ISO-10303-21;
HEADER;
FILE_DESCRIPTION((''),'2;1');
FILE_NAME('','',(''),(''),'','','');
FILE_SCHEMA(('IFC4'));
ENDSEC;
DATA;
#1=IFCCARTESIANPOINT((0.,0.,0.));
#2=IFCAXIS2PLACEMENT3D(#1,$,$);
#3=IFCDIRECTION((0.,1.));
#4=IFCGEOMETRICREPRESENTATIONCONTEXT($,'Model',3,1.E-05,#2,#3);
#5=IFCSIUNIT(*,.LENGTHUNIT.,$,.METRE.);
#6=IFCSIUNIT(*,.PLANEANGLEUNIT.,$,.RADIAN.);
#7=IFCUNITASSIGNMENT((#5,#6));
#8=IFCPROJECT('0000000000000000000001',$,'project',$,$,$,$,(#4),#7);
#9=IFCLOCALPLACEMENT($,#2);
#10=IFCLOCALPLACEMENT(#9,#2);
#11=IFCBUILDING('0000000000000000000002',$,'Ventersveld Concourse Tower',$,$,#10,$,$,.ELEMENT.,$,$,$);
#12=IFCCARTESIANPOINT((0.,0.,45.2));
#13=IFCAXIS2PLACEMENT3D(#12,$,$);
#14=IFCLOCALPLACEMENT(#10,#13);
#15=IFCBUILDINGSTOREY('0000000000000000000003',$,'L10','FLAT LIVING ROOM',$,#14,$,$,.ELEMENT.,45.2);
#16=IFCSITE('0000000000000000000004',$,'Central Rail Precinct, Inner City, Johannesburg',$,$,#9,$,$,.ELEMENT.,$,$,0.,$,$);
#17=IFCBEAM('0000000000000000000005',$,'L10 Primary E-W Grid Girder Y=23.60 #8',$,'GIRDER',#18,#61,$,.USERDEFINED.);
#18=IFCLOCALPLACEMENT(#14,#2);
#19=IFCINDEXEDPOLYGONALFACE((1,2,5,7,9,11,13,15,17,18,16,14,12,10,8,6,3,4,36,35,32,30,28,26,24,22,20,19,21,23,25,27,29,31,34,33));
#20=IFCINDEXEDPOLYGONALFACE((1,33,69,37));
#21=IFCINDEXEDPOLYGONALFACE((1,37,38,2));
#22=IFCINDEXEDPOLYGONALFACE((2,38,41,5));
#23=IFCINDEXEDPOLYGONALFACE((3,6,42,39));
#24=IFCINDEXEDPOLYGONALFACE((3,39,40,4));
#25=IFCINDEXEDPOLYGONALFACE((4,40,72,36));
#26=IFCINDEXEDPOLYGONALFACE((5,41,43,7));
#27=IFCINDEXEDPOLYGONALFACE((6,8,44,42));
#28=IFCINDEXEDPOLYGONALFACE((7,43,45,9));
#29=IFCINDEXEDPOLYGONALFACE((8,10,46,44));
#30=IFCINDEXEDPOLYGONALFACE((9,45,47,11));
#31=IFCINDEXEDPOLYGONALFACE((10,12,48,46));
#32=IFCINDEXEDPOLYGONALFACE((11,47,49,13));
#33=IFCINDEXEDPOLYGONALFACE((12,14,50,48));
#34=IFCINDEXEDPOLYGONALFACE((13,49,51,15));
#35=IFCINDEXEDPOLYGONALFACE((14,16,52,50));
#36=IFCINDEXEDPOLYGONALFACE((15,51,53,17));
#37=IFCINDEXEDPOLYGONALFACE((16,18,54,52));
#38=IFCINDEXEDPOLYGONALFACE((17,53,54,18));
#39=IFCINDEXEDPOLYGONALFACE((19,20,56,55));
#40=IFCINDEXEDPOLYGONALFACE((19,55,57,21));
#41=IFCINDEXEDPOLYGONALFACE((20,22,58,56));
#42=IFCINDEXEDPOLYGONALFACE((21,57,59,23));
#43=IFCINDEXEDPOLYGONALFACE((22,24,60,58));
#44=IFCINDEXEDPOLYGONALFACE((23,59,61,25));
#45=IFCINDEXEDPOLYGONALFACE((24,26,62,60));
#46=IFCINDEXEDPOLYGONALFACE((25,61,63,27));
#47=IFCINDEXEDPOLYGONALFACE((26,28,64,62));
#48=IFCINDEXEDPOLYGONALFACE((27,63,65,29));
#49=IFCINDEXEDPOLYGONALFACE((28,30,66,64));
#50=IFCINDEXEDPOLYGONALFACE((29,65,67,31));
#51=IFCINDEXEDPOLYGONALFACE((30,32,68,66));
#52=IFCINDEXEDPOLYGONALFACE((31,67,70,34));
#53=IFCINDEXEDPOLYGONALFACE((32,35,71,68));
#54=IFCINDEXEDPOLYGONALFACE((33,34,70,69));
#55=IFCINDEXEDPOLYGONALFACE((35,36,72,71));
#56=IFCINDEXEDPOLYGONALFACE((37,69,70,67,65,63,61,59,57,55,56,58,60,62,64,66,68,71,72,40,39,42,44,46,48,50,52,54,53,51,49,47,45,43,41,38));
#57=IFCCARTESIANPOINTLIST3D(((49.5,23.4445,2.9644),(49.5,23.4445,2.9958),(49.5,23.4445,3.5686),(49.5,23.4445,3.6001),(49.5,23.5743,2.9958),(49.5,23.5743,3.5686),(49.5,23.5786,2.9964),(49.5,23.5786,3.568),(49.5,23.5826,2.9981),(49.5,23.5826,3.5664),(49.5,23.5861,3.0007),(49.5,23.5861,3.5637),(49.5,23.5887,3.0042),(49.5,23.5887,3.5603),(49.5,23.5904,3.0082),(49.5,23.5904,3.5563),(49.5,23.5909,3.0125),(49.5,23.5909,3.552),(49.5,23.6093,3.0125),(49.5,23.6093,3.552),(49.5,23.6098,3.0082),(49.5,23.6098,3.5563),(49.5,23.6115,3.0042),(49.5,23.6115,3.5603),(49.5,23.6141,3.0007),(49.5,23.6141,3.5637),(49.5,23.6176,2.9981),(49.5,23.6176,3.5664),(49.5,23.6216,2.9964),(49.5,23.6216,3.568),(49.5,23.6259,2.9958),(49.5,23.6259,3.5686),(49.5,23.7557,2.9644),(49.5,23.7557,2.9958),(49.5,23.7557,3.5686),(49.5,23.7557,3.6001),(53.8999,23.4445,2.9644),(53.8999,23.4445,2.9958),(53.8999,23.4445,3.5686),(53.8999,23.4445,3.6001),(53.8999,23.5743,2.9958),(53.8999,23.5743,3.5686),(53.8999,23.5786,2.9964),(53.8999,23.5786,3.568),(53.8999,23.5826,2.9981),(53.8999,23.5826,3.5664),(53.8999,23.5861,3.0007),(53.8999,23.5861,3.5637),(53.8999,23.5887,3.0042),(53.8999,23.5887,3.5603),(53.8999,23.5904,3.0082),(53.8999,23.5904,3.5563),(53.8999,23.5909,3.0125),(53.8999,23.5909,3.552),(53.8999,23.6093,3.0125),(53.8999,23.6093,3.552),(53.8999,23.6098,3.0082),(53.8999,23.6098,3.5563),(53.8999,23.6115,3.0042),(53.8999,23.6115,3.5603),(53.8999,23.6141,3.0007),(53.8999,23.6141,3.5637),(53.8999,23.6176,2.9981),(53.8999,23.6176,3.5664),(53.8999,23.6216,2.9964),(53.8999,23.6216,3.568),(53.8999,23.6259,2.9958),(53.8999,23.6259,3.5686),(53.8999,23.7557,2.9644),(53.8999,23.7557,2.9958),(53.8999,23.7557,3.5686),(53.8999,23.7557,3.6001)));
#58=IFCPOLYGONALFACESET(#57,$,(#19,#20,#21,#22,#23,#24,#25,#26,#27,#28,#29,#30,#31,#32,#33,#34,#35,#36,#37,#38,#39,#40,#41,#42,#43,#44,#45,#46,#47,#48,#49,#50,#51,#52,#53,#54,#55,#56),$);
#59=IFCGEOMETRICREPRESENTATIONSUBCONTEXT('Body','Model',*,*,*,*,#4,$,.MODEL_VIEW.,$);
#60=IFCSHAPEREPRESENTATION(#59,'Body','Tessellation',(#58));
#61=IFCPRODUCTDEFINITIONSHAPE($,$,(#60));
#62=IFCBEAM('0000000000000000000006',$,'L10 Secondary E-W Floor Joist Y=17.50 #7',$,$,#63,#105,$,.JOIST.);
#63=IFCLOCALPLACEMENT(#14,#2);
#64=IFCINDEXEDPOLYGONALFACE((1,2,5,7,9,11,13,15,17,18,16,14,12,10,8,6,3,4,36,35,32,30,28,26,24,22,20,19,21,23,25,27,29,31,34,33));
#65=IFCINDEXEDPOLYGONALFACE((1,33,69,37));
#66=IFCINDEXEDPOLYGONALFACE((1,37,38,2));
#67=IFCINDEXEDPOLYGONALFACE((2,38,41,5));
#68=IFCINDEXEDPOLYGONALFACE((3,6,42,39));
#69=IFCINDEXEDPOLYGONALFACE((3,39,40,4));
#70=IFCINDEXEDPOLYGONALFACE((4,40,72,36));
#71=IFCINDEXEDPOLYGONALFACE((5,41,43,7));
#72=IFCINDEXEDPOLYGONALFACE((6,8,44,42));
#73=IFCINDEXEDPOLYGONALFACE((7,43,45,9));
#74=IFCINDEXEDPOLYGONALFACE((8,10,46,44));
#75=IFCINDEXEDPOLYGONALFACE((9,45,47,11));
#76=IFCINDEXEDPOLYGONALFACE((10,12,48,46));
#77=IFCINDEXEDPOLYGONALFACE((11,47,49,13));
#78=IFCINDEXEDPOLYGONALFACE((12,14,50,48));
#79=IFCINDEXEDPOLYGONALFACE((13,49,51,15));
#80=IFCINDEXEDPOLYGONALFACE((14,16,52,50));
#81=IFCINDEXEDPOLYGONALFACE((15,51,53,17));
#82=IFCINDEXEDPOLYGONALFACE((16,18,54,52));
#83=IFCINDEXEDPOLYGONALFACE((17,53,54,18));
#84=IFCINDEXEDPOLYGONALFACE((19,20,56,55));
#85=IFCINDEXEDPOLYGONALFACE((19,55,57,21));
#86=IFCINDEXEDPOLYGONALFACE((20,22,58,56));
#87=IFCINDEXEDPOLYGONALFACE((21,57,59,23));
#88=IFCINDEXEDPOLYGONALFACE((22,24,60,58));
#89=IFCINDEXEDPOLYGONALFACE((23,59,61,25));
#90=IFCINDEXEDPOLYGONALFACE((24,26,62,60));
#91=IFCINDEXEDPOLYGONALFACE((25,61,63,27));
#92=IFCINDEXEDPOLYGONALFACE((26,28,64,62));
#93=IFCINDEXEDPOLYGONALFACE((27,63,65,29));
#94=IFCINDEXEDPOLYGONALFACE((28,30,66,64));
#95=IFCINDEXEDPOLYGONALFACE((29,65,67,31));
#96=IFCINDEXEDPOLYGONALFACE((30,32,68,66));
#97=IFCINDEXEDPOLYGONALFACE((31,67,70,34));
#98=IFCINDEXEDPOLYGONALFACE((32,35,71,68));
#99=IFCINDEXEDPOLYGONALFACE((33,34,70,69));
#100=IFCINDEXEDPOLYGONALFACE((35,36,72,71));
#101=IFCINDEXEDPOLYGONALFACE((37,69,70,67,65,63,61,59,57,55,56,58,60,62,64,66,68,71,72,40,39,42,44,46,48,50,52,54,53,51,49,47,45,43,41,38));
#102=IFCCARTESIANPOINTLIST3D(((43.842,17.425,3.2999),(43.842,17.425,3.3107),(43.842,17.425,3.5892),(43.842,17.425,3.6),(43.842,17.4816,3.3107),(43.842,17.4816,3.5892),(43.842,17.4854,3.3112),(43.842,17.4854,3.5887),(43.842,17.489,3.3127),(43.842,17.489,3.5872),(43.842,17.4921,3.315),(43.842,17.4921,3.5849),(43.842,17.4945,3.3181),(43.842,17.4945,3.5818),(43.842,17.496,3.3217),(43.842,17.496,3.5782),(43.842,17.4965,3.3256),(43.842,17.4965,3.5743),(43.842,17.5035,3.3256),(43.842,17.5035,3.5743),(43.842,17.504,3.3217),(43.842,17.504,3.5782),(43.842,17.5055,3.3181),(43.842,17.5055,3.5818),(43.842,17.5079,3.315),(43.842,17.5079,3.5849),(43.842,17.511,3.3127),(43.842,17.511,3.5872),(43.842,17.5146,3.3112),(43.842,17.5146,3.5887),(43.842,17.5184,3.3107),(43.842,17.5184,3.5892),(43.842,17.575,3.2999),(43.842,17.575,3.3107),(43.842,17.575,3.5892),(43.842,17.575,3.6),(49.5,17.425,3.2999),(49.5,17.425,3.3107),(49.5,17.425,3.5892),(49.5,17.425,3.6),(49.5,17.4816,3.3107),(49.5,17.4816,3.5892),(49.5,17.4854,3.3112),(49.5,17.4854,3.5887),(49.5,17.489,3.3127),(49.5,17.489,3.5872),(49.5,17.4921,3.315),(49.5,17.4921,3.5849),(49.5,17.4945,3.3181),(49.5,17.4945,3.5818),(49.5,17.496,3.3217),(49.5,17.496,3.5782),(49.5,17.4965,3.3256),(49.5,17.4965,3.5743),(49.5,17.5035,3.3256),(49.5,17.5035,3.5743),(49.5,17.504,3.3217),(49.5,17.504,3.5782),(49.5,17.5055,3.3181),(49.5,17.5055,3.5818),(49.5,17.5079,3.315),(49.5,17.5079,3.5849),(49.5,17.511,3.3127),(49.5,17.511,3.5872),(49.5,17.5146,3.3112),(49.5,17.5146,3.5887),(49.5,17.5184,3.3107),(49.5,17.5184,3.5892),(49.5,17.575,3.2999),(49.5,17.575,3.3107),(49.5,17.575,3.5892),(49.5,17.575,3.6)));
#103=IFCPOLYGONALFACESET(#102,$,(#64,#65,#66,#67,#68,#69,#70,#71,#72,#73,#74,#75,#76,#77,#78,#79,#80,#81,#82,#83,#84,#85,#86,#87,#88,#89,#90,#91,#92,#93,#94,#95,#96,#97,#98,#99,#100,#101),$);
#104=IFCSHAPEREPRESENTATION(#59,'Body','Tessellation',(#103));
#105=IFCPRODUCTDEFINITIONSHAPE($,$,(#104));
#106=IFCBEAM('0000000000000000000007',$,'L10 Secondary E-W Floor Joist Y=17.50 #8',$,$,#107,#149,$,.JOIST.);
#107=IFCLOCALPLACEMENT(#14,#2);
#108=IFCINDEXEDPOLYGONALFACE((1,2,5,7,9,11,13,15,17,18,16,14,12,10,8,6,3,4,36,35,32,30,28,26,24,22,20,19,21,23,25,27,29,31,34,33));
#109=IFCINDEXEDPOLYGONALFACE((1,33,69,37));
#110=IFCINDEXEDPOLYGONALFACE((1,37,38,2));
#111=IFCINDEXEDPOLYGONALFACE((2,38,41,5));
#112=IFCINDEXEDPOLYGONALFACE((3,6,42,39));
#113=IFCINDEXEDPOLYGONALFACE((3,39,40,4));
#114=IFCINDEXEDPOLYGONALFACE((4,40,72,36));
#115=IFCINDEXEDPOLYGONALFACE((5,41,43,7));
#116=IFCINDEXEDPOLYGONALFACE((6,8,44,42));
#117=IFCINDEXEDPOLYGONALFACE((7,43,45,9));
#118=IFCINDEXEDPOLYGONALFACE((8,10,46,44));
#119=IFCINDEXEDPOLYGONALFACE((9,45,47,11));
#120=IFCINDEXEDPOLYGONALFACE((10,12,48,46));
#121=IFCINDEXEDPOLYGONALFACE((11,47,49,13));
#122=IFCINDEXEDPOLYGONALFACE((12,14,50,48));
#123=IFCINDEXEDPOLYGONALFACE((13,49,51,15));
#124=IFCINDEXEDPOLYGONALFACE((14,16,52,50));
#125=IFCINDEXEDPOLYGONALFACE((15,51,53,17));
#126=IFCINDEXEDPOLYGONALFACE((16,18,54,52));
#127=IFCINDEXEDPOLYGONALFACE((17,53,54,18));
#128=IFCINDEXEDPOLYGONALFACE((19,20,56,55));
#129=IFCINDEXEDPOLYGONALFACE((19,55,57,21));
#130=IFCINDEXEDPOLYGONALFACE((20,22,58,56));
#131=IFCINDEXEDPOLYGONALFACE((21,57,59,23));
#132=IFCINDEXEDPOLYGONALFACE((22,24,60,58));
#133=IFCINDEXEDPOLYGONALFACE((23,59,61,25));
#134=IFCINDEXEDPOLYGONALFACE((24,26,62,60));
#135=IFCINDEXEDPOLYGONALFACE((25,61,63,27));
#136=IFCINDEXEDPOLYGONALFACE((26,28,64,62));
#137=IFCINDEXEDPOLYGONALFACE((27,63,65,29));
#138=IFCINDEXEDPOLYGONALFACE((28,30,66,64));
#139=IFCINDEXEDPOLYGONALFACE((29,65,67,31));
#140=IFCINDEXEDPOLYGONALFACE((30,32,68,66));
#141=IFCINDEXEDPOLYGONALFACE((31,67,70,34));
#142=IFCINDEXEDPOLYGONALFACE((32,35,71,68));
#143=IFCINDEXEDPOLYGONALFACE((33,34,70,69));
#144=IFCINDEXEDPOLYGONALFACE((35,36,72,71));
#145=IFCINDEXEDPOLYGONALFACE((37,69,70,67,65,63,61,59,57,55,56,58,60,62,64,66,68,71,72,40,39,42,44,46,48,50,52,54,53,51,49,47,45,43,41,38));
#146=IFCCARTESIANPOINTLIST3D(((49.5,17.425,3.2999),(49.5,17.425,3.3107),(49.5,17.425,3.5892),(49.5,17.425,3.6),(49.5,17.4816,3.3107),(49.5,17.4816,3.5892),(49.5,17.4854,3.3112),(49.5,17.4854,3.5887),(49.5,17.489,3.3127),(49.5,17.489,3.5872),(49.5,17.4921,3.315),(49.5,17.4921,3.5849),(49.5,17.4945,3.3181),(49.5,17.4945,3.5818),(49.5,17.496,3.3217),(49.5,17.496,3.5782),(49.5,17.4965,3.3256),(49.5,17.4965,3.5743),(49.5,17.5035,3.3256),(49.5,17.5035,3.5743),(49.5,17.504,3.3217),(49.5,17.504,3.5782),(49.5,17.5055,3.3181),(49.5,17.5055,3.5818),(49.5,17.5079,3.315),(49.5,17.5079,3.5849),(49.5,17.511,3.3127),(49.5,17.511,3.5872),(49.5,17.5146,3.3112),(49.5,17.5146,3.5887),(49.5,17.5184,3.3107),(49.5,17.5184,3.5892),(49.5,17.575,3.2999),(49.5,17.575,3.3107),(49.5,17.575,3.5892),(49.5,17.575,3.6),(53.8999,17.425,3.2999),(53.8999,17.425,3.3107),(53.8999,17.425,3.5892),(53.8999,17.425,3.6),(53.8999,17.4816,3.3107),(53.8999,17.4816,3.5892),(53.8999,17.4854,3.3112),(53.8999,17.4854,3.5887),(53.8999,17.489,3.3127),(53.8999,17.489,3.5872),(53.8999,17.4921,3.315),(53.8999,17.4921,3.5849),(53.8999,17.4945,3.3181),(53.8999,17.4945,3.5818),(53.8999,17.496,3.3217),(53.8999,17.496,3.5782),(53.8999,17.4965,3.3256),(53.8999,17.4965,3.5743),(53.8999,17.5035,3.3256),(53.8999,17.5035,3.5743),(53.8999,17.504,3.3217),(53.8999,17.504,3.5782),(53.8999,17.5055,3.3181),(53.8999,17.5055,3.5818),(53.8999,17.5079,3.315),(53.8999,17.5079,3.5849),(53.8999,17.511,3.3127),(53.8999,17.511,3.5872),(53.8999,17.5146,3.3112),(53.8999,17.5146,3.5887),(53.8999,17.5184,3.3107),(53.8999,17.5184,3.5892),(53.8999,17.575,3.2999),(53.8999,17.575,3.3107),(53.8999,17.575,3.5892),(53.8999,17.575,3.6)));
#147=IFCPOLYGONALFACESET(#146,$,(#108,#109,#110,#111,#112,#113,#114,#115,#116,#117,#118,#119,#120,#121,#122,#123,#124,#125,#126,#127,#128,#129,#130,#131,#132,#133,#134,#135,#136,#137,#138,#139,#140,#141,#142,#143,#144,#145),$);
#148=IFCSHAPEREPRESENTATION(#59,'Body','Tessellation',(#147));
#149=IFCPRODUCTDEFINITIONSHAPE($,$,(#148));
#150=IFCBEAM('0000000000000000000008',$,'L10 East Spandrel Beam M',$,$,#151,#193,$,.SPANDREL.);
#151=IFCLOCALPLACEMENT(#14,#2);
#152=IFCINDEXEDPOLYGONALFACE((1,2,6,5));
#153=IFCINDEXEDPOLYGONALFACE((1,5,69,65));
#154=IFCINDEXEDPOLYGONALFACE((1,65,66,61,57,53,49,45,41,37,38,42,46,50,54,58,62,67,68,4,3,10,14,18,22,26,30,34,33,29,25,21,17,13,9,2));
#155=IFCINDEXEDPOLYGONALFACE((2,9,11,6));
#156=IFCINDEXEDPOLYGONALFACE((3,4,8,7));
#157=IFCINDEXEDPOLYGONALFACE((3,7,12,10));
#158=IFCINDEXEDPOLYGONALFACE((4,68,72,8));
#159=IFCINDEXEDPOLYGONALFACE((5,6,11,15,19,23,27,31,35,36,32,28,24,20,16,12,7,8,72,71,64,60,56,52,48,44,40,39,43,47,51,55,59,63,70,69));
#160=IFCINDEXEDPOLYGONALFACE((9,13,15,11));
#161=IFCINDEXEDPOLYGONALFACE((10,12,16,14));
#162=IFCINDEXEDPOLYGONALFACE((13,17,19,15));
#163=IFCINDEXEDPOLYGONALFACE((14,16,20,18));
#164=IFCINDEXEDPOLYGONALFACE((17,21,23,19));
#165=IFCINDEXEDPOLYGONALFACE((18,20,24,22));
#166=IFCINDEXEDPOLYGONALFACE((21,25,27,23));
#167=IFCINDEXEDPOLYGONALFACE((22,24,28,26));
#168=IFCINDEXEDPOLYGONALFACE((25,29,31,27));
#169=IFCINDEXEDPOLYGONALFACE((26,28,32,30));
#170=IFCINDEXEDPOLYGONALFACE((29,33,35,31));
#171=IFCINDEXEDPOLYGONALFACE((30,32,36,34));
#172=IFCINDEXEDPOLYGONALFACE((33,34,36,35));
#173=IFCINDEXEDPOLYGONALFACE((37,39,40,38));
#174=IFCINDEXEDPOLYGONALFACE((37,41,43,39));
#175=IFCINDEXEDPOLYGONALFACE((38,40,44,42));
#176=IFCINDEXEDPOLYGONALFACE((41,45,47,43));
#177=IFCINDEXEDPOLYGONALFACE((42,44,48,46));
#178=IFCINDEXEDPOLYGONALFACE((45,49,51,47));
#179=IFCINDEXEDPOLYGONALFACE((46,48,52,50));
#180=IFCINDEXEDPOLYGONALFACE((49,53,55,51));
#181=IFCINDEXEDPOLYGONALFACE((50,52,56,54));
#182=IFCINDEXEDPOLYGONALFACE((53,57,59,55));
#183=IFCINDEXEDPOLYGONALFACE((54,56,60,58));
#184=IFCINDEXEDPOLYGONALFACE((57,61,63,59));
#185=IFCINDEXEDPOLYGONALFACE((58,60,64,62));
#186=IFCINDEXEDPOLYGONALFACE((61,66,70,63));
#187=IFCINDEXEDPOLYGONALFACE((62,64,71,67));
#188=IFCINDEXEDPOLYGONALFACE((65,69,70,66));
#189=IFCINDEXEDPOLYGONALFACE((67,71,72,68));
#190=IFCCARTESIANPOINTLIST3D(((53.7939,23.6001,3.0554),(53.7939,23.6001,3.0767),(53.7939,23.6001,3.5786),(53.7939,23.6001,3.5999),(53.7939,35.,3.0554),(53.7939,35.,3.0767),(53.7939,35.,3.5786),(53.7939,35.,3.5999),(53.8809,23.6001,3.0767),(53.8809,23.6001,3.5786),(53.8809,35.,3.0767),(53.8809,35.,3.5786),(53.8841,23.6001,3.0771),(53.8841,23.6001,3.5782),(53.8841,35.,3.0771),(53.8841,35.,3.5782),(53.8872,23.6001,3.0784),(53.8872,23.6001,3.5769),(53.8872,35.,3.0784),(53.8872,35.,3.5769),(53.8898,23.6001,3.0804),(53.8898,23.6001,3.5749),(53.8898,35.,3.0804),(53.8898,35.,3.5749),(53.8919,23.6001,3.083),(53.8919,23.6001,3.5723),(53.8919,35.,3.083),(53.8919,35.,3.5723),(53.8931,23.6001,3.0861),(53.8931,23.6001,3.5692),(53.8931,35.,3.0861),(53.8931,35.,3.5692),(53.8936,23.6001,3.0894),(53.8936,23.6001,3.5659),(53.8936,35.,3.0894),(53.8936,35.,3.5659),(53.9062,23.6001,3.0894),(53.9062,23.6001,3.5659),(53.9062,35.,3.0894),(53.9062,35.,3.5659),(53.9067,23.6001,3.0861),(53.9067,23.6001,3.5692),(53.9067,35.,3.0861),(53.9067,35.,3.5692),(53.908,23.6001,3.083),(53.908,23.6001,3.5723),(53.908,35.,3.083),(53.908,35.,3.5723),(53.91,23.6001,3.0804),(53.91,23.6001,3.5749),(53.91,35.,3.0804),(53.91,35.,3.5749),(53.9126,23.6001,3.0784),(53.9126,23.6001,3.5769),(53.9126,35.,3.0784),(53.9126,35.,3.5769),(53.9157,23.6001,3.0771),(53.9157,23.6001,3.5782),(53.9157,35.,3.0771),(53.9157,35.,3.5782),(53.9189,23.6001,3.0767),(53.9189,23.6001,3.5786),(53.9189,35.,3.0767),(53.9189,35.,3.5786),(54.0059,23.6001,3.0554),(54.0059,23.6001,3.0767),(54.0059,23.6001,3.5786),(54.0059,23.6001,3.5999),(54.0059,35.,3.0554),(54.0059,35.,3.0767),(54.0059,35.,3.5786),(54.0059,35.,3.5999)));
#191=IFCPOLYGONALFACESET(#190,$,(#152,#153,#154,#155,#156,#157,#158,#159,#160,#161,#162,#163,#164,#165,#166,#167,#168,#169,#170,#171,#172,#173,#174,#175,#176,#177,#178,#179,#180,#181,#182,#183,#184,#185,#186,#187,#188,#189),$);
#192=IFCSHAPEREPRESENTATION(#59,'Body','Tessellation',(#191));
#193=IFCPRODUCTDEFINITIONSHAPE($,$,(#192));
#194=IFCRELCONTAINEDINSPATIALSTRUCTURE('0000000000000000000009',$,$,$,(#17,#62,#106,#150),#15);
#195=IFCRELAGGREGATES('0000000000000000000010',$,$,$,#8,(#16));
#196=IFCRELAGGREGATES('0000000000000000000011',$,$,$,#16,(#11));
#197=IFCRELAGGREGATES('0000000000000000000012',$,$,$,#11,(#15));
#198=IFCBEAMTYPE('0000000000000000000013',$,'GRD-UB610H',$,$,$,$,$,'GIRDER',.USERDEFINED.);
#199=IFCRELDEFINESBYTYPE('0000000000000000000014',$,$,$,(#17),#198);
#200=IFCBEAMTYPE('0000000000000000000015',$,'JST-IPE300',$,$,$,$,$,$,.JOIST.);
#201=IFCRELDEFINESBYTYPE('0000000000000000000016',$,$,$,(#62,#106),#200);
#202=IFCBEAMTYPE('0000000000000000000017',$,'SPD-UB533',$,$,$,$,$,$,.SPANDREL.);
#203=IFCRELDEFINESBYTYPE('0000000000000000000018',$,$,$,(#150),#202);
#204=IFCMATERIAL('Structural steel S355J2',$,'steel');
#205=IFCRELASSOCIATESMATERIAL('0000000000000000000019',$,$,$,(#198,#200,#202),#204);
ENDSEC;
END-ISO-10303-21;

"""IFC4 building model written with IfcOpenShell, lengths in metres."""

from ifc_helpers import new_model, si_unit, direction, frame, origin, origin_2d, place, context, subcontext, project, spatial, i_section, extrude, material, material_profile, profile_set, type_object, element, save


model = new_model("IFC4")

# Units and contexts
model_context = context("Model", 3, precision=1e-05, world=origin(), true_north=direction((0.0, 1.0)))
body_context = subcontext(model_context, "Body", "Model", "MODEL_VIEW")
ifc_project = project(units=[si_unit("LENGTHUNIT", "METRE"), si_unit("PLANEANGLEUNIT", "RADIAN")], contexts=[model_context])

# Site, building, storey
site_placement = place(None, origin())
site = spatial("IfcSite", under=ifc_project, at=site_placement, Name="Central Rail Precinct, Inner City, Johannesburg", CompositionType="ELEMENT", RefElevation=0.0)
building_placement = place(site_placement, origin())
building = spatial("IfcBuilding", under=site, at=building_placement, Name="Ventersveld Concourse Tower", CompositionType="ELEMENT")
storey_placement = place(building_placement, frame((0.0, 0.0, 45.2)))
storey = spatial("IfcBuildingStorey", under=building, at=storey_placement, Name="L10", Description="FLAT LIVING ROOM", CompositionType="ELEMENT", Elevation=45.2)

# Beams
ifc_material_1 = material(Name="Structural steel S355J2", Category="steel")
ifc_material_profile_1 = material_profile(ifc_material_1, i_section(OverallWidth=0.3113, OverallDepth=0.6357, WebThickness=0.0183, FlangeThickness=0.0315, FilletRadius=0.0166, at=origin_2d()), Name="UB 610x305x238")
ifc_profile_set_1 = profile_set([ifc_material_profile_1], Name="Structural steel S355J2")
beam_type_1 = type_object("IfcBeamType", Name="GRD-UB610H", ElementType="GIRDER", PredefinedType="USERDEFINED", material=ifc_profile_set_1)
beam_1_placement = place(storey_placement, frame((49.5, 23.6001, 3.2822), z_axis=(1.0, 0.0, 0.0), x_axis=(0.0, 1.0, 0.0)))
element("IfcBeam", 1, at=beam_1_placement, inside=storey, type_object=beam_type_1, Name="L10 Primary E-W Grid Girder Y=23.60 #8", ObjectType="GIRDER", PredefinedType="USERDEFINED", context=body_context, shape_type="SweptSolid", body=[
    extrude(i_section(OverallWidth=0.3113, OverallDepth=0.6357, WebThickness=0.0183, FlangeThickness=0.0315, FilletRadius=0.0166, at=origin_2d()), origin(), (0.0, 0.0, 1.0), 4.3999),
])
ifc_material_profile_2 = material_profile(ifc_material_1, i_section(OverallWidth=0.1499, OverallDepth=0.3, WebThickness=0.0071, FlangeThickness=0.0107, FilletRadius=0.0149, at=origin_2d()), Name="IPE 300")
ifc_profile_set_2 = profile_set([ifc_material_profile_2], Name="Structural steel S355J2")
beam_type_2 = type_object("IfcBeamType", Name="JST-IPE300", PredefinedType="JOIST", material=ifc_profile_set_2)
beam_2_placement = place(storey_placement, frame((43.842, 17.5, 3.45), z_axis=(1.0, 0.0, 0.0), x_axis=(0.0, 1.0, 0.0)))
element("IfcBeam", 2, at=beam_2_placement, inside=storey, type_object=beam_type_2, Name="L10 Secondary E-W Floor Joist Y=17.50 #7", PredefinedType="JOIST", context=body_context, shape_type="SweptSolid", body=[
    extrude(i_section(OverallWidth=0.1499, OverallDepth=0.3, WebThickness=0.0071, FlangeThickness=0.0107, FilletRadius=0.0149, at=origin_2d()), origin(), (0.0, 0.0, 1.0), 5.658),
])
beam_3_placement = place(storey_placement, frame((49.5, 17.5, 3.45), z_axis=(1.0, 0.0, 0.0), x_axis=(0.0, 1.0, 0.0)))
element("IfcBeam", 3, at=beam_3_placement, inside=storey, type_object=beam_type_2, Name="L10 Secondary E-W Floor Joist Y=17.50 #8", PredefinedType="JOIST", context=body_context, shape_type="SweptSolid", body=[
    extrude(i_section(OverallWidth=0.1499, OverallDepth=0.3, WebThickness=0.0071, FlangeThickness=0.0107, FilletRadius=0.0149, at=origin_2d()), origin(), (0.0, 0.0, 1.0), 4.3999),
])
ifc_material_profile_3 = material_profile(ifc_material_1, i_section(OverallWidth=0.2119, OverallDepth=0.5444, WebThickness=0.0127, FlangeThickness=0.0212, FilletRadius=0.0127, at=origin_2d()), Name="UB 533x210x122")
ifc_profile_set_3 = profile_set([ifc_material_profile_3], Name="Structural steel S355J2")
beam_type_3 = type_object("IfcBeamType", Name="SPD-UB533", PredefinedType="SPANDREL", material=ifc_profile_set_3)
beam_4_placement = place(storey_placement, frame((53.8999, 23.6001, 3.3276), z_axis=(0.0, 1.0, 0.0), x_axis=(-1.0, 0.0, 0.0)))
element("IfcBeam", 4, at=beam_4_placement, inside=storey, type_object=beam_type_3, Name="L10 East Spandrel Beam M", PredefinedType="SPANDREL", context=body_context, shape_type="SweptSolid", body=[
    extrude(i_section(OverallWidth=0.2119, OverallDepth=0.5444, WebThickness=0.0127, FlangeThickness=0.0212, FilletRadius=0.0127, at=origin_2d()), origin(), (0.0, 0.0, 1.0), 11.3999),
])

save(model, "model.ifc")
